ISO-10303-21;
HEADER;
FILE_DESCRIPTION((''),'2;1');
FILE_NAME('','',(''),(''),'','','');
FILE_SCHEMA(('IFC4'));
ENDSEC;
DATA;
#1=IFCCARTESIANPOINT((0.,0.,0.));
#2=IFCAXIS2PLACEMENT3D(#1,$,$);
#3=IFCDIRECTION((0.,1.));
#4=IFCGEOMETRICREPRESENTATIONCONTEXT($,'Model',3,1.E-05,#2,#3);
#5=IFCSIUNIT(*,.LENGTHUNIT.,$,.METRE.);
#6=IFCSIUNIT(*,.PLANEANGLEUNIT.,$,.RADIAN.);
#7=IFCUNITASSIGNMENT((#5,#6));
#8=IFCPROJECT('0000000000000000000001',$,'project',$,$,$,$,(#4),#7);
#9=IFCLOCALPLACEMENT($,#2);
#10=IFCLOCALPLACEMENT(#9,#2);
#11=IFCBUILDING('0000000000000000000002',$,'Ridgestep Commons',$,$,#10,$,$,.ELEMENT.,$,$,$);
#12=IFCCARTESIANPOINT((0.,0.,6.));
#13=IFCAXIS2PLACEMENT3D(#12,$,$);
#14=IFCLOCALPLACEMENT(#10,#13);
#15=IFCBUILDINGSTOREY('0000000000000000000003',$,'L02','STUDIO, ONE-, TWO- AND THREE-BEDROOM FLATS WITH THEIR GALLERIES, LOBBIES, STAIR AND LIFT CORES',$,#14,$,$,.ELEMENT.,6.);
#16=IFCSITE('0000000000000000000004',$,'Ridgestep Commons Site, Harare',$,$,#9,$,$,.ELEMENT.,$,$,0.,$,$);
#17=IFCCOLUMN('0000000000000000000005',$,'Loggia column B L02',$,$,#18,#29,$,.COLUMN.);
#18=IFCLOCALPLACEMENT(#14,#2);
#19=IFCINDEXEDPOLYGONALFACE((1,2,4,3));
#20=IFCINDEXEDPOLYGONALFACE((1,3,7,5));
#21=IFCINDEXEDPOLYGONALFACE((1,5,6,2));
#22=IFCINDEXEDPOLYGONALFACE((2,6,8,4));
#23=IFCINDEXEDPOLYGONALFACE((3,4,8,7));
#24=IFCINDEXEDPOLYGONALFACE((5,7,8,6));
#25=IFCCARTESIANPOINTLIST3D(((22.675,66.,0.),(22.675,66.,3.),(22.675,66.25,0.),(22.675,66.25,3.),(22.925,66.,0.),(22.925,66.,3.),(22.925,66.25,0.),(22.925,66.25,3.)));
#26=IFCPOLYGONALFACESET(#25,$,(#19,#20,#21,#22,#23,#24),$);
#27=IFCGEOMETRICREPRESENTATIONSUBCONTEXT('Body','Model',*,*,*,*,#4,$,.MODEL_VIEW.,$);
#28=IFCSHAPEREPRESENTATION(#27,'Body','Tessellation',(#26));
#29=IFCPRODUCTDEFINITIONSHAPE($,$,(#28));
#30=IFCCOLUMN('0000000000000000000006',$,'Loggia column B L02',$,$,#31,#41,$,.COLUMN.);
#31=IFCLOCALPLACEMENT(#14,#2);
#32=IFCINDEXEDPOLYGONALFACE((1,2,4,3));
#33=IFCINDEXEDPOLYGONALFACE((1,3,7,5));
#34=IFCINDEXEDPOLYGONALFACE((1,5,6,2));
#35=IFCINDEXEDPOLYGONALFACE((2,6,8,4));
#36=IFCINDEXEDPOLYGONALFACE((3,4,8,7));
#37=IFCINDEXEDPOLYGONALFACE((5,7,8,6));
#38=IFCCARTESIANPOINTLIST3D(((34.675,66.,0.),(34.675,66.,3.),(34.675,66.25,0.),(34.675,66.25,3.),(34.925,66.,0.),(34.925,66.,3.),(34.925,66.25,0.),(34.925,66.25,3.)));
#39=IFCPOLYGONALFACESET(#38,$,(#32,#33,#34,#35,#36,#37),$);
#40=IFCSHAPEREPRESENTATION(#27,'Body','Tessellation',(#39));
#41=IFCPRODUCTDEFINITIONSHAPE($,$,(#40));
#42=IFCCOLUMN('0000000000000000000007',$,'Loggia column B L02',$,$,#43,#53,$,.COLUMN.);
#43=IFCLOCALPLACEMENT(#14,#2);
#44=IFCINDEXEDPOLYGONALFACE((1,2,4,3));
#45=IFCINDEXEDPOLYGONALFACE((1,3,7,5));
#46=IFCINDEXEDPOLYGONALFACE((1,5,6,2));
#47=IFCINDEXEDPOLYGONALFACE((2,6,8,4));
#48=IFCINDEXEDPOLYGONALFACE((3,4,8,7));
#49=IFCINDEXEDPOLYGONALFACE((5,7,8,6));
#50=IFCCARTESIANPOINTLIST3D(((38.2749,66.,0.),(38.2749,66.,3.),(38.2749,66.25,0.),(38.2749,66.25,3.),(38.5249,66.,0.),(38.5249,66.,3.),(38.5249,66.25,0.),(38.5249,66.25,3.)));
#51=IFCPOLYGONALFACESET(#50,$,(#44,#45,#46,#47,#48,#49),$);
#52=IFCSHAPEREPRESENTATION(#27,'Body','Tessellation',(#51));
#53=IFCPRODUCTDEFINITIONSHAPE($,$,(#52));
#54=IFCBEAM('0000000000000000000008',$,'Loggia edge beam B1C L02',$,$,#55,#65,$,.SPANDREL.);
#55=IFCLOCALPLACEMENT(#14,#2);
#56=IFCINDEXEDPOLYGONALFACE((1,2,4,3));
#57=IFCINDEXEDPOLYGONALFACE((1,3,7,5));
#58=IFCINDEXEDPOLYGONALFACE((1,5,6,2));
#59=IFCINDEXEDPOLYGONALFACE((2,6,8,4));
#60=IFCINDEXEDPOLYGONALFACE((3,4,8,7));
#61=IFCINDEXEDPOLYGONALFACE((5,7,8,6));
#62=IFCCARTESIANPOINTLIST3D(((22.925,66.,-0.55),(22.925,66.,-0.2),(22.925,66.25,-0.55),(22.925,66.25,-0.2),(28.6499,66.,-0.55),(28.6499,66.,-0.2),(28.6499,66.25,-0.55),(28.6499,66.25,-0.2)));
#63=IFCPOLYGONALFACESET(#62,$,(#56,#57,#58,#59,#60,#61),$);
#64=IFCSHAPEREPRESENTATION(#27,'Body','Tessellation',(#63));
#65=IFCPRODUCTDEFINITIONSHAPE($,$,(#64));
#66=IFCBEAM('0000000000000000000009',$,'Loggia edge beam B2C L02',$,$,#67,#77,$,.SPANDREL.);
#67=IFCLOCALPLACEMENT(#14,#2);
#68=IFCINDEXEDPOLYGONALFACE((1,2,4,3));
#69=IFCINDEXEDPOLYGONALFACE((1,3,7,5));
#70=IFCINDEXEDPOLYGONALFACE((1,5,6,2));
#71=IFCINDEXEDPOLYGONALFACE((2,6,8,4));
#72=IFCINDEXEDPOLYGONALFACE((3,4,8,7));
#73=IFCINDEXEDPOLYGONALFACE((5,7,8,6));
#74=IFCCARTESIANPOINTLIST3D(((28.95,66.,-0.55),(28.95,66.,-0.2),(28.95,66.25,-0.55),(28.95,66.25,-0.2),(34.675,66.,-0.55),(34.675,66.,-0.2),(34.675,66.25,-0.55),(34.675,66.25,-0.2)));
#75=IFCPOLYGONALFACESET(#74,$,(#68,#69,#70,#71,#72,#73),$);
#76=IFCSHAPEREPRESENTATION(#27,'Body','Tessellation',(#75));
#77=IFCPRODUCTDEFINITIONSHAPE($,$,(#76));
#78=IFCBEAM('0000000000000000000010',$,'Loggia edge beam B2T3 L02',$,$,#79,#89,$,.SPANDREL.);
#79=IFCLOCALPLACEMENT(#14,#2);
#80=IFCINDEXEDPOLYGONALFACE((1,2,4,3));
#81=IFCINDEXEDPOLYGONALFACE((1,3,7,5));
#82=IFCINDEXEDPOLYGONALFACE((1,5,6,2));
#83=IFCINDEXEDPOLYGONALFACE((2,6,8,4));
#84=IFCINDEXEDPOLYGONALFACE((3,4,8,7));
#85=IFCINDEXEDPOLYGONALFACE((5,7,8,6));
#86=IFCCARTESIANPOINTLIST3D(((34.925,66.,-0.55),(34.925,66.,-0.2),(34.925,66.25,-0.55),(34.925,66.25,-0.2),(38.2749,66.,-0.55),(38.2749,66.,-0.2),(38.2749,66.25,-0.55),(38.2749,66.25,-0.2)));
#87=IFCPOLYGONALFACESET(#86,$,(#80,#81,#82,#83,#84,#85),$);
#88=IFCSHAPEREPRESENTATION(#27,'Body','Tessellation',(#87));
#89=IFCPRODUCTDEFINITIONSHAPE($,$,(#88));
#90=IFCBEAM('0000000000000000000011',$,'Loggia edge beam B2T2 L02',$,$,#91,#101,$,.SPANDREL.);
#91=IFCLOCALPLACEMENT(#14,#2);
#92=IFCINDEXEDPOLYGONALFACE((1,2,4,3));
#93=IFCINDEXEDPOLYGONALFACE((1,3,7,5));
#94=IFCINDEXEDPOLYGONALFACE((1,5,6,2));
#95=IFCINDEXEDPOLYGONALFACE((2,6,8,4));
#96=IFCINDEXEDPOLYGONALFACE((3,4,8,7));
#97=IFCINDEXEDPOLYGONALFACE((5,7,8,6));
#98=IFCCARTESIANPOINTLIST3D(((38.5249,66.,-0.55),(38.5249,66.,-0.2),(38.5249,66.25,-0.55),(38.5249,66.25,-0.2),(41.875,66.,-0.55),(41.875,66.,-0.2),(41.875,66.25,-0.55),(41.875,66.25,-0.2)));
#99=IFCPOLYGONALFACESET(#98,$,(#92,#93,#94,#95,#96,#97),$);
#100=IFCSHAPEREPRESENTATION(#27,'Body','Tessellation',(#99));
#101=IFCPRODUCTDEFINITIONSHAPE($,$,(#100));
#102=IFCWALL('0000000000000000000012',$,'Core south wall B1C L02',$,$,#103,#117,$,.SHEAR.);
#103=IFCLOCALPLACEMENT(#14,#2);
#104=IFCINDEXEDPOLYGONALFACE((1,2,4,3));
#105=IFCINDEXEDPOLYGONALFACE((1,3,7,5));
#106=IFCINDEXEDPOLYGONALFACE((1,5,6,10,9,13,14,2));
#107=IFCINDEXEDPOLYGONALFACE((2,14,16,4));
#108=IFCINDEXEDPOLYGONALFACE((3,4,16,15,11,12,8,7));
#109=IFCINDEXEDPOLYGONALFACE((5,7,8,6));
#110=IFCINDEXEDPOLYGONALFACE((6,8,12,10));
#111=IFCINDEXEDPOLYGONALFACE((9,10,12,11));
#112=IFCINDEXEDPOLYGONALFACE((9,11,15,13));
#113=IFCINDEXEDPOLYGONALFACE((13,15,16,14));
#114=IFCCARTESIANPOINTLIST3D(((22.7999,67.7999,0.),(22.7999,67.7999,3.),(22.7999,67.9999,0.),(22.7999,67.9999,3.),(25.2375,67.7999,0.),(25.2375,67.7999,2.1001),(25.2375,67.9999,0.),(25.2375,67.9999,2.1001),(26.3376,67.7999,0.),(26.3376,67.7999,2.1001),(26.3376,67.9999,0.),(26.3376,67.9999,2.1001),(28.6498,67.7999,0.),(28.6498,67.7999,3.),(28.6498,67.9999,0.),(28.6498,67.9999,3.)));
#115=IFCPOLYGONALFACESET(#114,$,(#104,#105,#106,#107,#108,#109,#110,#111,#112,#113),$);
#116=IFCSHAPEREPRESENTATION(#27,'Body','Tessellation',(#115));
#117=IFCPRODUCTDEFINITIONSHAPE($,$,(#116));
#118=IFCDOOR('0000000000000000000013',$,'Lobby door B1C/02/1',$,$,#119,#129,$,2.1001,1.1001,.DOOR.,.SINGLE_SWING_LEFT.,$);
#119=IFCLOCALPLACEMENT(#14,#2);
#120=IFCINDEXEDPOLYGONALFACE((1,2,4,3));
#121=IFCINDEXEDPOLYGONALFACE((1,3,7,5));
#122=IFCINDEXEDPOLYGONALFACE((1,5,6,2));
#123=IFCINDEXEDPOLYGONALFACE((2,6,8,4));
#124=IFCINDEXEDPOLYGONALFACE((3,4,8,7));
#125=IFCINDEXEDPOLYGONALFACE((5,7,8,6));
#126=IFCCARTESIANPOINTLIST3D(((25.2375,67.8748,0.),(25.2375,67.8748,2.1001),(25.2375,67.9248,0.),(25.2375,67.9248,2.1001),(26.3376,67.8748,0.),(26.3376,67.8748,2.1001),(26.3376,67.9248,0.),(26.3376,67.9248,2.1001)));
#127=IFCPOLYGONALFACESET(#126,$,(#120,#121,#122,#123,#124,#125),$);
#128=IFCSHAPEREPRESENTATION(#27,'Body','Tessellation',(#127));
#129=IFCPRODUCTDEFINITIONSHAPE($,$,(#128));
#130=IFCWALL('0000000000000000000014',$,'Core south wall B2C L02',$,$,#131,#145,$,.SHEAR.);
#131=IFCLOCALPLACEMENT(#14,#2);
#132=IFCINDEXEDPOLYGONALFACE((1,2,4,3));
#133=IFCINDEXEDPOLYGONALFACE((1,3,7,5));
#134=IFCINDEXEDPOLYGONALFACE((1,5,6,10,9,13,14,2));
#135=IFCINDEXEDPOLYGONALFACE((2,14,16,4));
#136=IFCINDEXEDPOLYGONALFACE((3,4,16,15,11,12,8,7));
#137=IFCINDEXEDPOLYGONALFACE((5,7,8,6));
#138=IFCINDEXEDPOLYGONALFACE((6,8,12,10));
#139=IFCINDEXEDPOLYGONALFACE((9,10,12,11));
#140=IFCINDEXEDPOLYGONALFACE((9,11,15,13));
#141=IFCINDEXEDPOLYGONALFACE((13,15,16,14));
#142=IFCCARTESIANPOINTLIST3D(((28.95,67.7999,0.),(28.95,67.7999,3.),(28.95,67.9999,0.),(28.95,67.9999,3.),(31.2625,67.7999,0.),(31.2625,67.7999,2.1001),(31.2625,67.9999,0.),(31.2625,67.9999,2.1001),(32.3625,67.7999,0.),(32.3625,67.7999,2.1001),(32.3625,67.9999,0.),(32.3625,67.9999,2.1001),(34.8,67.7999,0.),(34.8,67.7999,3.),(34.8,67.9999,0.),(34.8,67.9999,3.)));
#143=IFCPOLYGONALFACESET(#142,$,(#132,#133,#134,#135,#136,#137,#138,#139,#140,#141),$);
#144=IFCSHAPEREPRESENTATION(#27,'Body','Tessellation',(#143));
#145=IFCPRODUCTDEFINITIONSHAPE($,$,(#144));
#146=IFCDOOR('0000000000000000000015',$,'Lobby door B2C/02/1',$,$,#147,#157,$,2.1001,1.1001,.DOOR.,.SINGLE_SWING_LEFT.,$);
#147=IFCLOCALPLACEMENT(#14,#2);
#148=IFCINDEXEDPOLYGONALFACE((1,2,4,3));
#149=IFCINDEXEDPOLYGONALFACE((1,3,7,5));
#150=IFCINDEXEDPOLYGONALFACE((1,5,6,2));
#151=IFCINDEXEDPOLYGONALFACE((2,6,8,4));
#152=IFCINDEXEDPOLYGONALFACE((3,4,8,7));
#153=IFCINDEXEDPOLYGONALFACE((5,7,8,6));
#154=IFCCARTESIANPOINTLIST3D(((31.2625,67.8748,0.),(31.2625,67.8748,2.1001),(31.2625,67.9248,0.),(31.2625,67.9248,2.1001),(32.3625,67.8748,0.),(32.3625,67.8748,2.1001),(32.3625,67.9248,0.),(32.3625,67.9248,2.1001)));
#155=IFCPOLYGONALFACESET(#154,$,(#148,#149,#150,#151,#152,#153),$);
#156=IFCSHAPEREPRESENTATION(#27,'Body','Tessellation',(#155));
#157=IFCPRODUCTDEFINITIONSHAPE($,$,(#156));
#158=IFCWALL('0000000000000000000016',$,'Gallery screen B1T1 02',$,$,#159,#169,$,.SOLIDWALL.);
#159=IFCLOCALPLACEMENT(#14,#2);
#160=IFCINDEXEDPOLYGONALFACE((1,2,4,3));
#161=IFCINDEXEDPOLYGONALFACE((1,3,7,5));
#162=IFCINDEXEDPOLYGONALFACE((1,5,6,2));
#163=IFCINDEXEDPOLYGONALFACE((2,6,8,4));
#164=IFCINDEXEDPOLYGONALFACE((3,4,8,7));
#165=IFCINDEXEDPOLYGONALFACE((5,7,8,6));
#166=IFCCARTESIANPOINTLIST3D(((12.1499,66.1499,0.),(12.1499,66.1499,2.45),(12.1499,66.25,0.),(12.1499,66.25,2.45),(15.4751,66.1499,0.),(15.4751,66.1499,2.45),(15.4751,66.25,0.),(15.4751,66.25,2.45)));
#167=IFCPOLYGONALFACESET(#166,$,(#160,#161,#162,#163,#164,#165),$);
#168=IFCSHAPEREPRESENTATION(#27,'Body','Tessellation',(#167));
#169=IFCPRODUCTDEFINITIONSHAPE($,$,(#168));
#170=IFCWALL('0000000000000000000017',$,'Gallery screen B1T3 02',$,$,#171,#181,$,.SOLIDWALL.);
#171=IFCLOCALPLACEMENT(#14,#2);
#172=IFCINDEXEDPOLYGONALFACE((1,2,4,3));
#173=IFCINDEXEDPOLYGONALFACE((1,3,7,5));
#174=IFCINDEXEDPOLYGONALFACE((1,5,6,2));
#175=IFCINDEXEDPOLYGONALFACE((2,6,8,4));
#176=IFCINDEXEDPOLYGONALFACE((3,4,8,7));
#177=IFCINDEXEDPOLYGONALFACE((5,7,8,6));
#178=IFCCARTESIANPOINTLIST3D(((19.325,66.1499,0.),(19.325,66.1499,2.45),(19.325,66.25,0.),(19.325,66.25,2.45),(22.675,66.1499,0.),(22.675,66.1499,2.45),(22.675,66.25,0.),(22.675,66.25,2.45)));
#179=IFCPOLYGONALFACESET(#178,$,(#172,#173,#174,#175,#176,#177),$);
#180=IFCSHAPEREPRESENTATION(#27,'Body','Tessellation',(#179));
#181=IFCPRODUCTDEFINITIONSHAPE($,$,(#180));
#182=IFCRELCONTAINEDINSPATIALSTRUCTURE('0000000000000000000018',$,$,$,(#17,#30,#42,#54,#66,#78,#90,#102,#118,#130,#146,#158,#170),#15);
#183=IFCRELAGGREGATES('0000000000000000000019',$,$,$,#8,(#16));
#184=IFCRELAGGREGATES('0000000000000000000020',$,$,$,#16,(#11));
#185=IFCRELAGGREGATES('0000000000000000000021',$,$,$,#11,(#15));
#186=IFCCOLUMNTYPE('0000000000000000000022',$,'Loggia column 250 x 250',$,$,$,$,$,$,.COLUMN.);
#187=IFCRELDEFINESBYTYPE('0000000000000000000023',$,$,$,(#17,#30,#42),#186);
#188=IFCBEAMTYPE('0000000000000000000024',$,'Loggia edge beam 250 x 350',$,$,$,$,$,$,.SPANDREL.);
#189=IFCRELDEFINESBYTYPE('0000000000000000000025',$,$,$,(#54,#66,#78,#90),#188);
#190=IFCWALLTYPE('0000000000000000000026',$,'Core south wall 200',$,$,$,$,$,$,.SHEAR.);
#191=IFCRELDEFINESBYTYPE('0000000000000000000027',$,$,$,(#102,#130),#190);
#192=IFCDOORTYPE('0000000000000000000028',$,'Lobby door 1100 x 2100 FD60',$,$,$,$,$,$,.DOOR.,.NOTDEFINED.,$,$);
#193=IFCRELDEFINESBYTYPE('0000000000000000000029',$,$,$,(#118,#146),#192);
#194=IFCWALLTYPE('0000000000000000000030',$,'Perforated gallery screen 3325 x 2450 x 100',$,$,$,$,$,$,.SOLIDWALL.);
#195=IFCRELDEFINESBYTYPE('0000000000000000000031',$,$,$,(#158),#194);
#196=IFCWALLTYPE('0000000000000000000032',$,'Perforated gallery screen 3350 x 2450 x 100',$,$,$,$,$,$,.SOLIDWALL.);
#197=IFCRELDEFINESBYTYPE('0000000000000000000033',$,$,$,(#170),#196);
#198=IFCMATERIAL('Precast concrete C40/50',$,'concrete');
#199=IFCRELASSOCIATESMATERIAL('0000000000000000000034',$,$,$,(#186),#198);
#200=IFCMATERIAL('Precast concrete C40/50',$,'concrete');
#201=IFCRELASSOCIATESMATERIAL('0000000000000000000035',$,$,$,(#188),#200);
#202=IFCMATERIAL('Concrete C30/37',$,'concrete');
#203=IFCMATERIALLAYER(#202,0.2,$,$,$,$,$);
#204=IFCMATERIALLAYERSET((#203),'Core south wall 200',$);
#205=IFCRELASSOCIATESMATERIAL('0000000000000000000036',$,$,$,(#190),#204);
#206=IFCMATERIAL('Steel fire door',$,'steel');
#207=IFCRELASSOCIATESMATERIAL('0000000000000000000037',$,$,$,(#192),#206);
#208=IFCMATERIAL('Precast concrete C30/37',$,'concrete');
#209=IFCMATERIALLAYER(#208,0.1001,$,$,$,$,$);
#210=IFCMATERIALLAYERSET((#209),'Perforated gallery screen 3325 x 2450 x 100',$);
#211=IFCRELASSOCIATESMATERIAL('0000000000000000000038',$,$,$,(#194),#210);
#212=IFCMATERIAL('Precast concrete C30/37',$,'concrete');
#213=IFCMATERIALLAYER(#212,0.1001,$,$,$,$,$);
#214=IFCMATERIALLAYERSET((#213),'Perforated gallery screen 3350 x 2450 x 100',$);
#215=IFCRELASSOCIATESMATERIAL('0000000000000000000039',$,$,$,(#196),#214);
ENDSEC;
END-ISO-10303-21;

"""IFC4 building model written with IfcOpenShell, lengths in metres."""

from ifc_helpers import new_model, si_unit, direction, frame, frame_2d, origin, origin_2d, place, context, subcontext, project, spatial, rectangle, extrude, material, layer, layer_set, material_profile, profile_set, type_object, element, fill, save


model = new_model("IFC4")

# Units and contexts
model_context = context("Model", 3, precision=1e-05, world=origin(), true_north=direction((0.0, 1.0)))
body_context = subcontext(model_context, "Body", "Model", "MODEL_VIEW")
ifc_project = project(units=[si_unit("LENGTHUNIT", "METRE"), si_unit("PLANEANGLEUNIT", "RADIAN")], contexts=[model_context])

# Site, building, storey
site_placement = place(None, origin())
site = spatial("IfcSite", under=ifc_project, at=site_placement, Name="Ridgestep Commons Site, Harare", CompositionType="ELEMENT", RefElevation=0.0)
building_placement = place(site_placement, origin())
building = spatial("IfcBuilding", under=site, at=building_placement, Name="Ridgestep Commons", CompositionType="ELEMENT")
storey_placement = place(building_placement, frame((0.0, 0.0, 6.0)))
storey = spatial("IfcBuildingStorey", under=building, at=storey_placement, Name="L02", Description="STUDIO, ONE-, TWO- AND THREE-BEDROOM FLATS WITH THEIR GALLERIES, LOBBIES, STAIR AND LIFT CORES", CompositionType="ELEMENT", Elevation=6.0)

# Columns
ifc_material_1 = material(Name="Precast concrete C40/50", Category="concrete")
ifc_material_profile_1 = material_profile(ifc_material_1, rectangle(XDim=0.25, YDim=0.25, at=origin_2d()), Name="PC 250x250")
ifc_profile_set_1 = profile_set([ifc_material_profile_1], Name="Precast concrete C40/50")
column_type = type_object("IfcColumnType", Name="Loggia column 250 x 250", PredefinedType="COLUMN", material=ifc_profile_set_1)
for number, where, z_axis, x_axis, name in (
    (1, (22.8, 66.125, 0.0), (0.0, 0.0, 1.0), (1.0, 0.0, 0.0), "Loggia column B L02"),
    (2, (34.8, 66.125, 0.0), (0.0, 0.0, 1.0), (1.0, 0.0, 0.0), "Loggia column B L02"),
    (3, (38.3999, 66.125, 0.0), (0.0, 0.0, 1.0), (1.0, 0.0, 0.0), "Loggia column B L02"),
):
    element("IfcColumn", number, at=place(storey_placement, frame(where, z_axis=z_axis, x_axis=x_axis)), inside=storey, type_object=column_type, Name=name, PredefinedType="COLUMN", context=body_context, shape_type="SweptSolid", body=[
        extrude(rectangle(XDim=0.25, YDim=0.25, at=origin_2d()), origin(), (0.0, 0.0, 1.0), 3.0),
    ])

# Beams
ifc_material_2 = material(Name="Precast concrete C40/50", Category="concrete")
ifc_material_profile_2 = material_profile(ifc_material_2, rectangle(XDim=0.25, YDim=0.3501, at=origin_2d()), Name="PC 250x350")
ifc_profile_set_2 = profile_set([ifc_material_profile_2], Name="Precast concrete C40/50")
beam_type = type_object("IfcBeamType", Name="Loggia edge beam 250 x 350", PredefinedType="SPANDREL", material=ifc_profile_set_2)
beam_1_placement = place(storey_placement, frame((22.925, 66.125, -0.375), z_axis=(1.0, 0.0, 0.0), x_axis=(0.0, 1.0, 0.0)))
element("IfcBeam", 4, at=beam_1_placement, inside=storey, type_object=beam_type, Name="Loggia edge beam B1C L02", PredefinedType="SPANDREL", context=body_context, shape_type="SweptSolid", body=[
    extrude(rectangle(XDim=0.25, YDim=0.3501, at=origin_2d()), origin(), (0.0, 0.0, 1.0), 5.7249),
])
beam_2_placement = place(storey_placement, frame((28.95, 66.125, -0.375), z_axis=(1.0, 0.0, 0.0), x_axis=(0.0, 1.0, 0.0)))
element("IfcBeam", 5, at=beam_2_placement, inside=storey, type_object=beam_type, Name="Loggia edge beam B2C L02", PredefinedType="SPANDREL", context=body_context, shape_type="SweptSolid", body=[
    extrude(rectangle(XDim=0.25, YDim=0.3501, at=origin_2d()), origin(), (0.0, 0.0, 1.0), 5.7251),
])
beam_3_placement = place(storey_placement, frame((34.925, 66.125, -0.375), z_axis=(1.0, 0.0, 0.0), x_axis=(0.0, 1.0, 0.0)))
element("IfcBeam", 6, at=beam_3_placement, inside=storey, type_object=beam_type, Name="Loggia edge beam B2T3 L02", PredefinedType="SPANDREL", context=body_context, shape_type="SweptSolid", body=[
    extrude(rectangle(XDim=0.25, YDim=0.3501, at=origin_2d()), origin(), (0.0, 0.0, 1.0), 3.3499),
])
beam_4_placement = place(storey_placement, frame((38.5249, 66.125, -0.375), z_axis=(1.0, 0.0, 0.0), x_axis=(0.0, 1.0, 0.0)))
element("IfcBeam", 7, at=beam_4_placement, inside=storey, type_object=beam_type, Name="Loggia edge beam B2T2 L02", PredefinedType="SPANDREL", context=body_context, shape_type="SweptSolid", body=[
    extrude(rectangle(XDim=0.25, YDim=0.3501, at=origin_2d()), origin(), (0.0, 0.0, 1.0), 3.3501),
])

# Walls, openings, doors
ifc_material_3 = material(Name="Concrete C30/37", Category="concrete")
ifc_layer_1 = layer(ifc_material_3, 0.2)
ifc_layer_set_1 = layer_set([ifc_layer_1], Name="Core south wall 200")
wall_type_1 = type_object("IfcWallType", Name="Core south wall 200", PredefinedType="SHEAR", material=ifc_layer_set_1)
wall_1_placement = place(storey_placement, frame((22.8, 67.8999, 0.0), z_axis=(0.0, 0.0, 1.0), x_axis=(1.0, 0.0, 0.0)))
wall_1 = element("IfcWall", 8, at=wall_1_placement, inside=storey, type_object=wall_type_1, Name="Core south wall B1C L02", PredefinedType="SHEAR", context=body_context, shape_type="SweptSolid", body=[
    extrude(rectangle(XDim=5.8499, YDim=0.2, at=frame_2d((2.9248, 0.0))), origin(), (0.0, 0.0, 1.0), 3.0),
])
opening_1_placement = place(wall_1_placement, frame((2.4375, 0.0, 0.0)))
opening_1 = element("IfcOpeningElement", 9, at=opening_1_placement, cuts=wall_1, PredefinedType="OPENING", context=body_context, shape_type="SweptSolid", body=[
    extrude(rectangle(XDim=1.1001, YDim=2.1001, at=frame_2d((0.55, 1.05))), frame((0.0, 0.1099, 0.0), z_axis=(0.0, -1.0, 0.0), x_axis=(1.0, 0.0, 0.0)), (0.0, 0.0, 1.0), 0.22),
])
ifc_material_4 = material(Name="Steel fire door", Category="steel")
door_type_1 = type_object("IfcDoorType", Name="Lobby door 1100 x 2100 FD60", OperationType="NOTDEFINED", PredefinedType="DOOR", material=ifc_material_4)
door_1_placement = place(opening_1_placement, origin())
door_1 = element("IfcDoor", 10, at=door_1_placement, inside=storey, type_object=door_type_1, Name="Lobby door B1C/02/1", OperationType="SINGLE_SWING_LEFT", OverallHeight=2.1001, OverallWidth=1.1001, PredefinedType="DOOR", context=body_context, shape_type="SweptSolid", body=[
    extrude(rectangle(XDim=1.1001, YDim=2.1001, at=frame_2d((0.55, 1.05))), frame((0.0, 0.0249, 0.0), z_axis=(0.0, -1.0, 0.0), x_axis=(1.0, 0.0, 0.0)), (0.0, 0.0, 1.0), 0.05),
])
fill(opening_1, door_1)
wall_2_placement = place(storey_placement, frame((28.95, 67.8999, 0.0), z_axis=(0.0, 0.0, 1.0), x_axis=(1.0, 0.0, 0.0)))
wall_2 = element("IfcWall", 11, at=wall_2_placement, inside=storey, type_object=wall_type_1, Name="Core south wall B2C L02", PredefinedType="SHEAR", context=body_context, shape_type="SweptSolid", body=[
    extrude(rectangle(XDim=5.8501, YDim=0.2, at=frame_2d((2.925, 0.0))), origin(), (0.0, 0.0, 1.0), 3.0),
])
opening_2_placement = place(wall_2_placement, frame((2.3125, 0.0, 0.0)))
opening_2 = element("IfcOpeningElement", 12, at=opening_2_placement, cuts=wall_2, PredefinedType="OPENING", context=body_context, shape_type="SweptSolid", body=[
    extrude(rectangle(XDim=1.1001, YDim=2.1001, at=frame_2d((0.55, 1.05))), frame((0.0, 0.1099, 0.0), z_axis=(0.0, -1.0, 0.0), x_axis=(1.0, 0.0, 0.0)), (0.0, 0.0, 1.0), 0.22),
])
door_2_placement = place(opening_2_placement, origin())
door_2 = element("IfcDoor", 13, at=door_2_placement, inside=storey, type_object=door_type_1, Name="Lobby door B2C/02/1", OperationType="SINGLE_SWING_LEFT", OverallHeight=2.1001, OverallWidth=1.1001, PredefinedType="DOOR", context=body_context, shape_type="SweptSolid", body=[
    extrude(rectangle(XDim=1.1001, YDim=2.1001, at=frame_2d((0.55, 1.05))), frame((0.0, 0.0249, 0.0), z_axis=(0.0, -1.0, 0.0), x_axis=(1.0, 0.0, 0.0)), (0.0, 0.0, 1.0), 0.05),
])
fill(opening_2, door_2)

# Walls
ifc_material_5 = material(Name="Precast concrete C30/37", Category="concrete")
ifc_layer_2 = layer(ifc_material_5, 0.1001)
ifc_layer_set_2 = layer_set([ifc_layer_2], Name="Perforated gallery screen 3325 x 2450 x 100")
wall_type_2 = type_object("IfcWallType", Name="Perforated gallery screen 3325 x 2450 x 100", PredefinedType="SOLIDWALL", material=ifc_layer_set_2)
wall_3_placement = place(storey_placement, frame((12.1499, 66.2, 0.0), z_axis=(0.0, 0.0, 1.0), x_axis=(1.0, 0.0, 0.0)))
element("IfcWall", 14, at=wall_3_placement, inside=storey, type_object=wall_type_2, Name="Gallery screen B1T1 02", PredefinedType="SOLIDWALL", context=body_context, shape_type="SweptSolid", body=[
    extrude(rectangle(XDim=3.3252, YDim=0.1001, at=frame_2d((1.6626, 0.0))), origin(), (0.0, 0.0, 1.0), 2.45),
])
ifc_material_6 = material(Name="Precast concrete C30/37", Category="concrete")
ifc_layer_3 = layer(ifc_material_6, 0.1001)
ifc_layer_set_3 = layer_set([ifc_layer_3], Name="Perforated gallery screen 3350 x 2450 x 100")
wall_type_3 = type_object("IfcWallType", Name="Perforated gallery screen 3350 x 2450 x 100", PredefinedType="SOLIDWALL", material=ifc_layer_set_3)
for number, where, z_axis, x_axis, name in (
    (15, (19.325, 66.2, 0.0), (0.0, 0.0, 1.0), (1.0, 0.0, 0.0), "Gallery screen B1T3 02"),
):
    element("IfcWall", number, at=place(storey_placement, frame(where, z_axis=z_axis, x_axis=x_axis)), inside=storey, type_object=wall_type_3, Name=name, PredefinedType="SOLIDWALL", context=body_context, shape_type="SweptSolid", body=[
        extrude(rectangle(XDim=3.3501, YDim=0.1001, at=frame_2d((1.675, 0.0))), origin(), (0.0, 0.0, 1.0), 2.45),
    ])

save(model, "model.ifc")
